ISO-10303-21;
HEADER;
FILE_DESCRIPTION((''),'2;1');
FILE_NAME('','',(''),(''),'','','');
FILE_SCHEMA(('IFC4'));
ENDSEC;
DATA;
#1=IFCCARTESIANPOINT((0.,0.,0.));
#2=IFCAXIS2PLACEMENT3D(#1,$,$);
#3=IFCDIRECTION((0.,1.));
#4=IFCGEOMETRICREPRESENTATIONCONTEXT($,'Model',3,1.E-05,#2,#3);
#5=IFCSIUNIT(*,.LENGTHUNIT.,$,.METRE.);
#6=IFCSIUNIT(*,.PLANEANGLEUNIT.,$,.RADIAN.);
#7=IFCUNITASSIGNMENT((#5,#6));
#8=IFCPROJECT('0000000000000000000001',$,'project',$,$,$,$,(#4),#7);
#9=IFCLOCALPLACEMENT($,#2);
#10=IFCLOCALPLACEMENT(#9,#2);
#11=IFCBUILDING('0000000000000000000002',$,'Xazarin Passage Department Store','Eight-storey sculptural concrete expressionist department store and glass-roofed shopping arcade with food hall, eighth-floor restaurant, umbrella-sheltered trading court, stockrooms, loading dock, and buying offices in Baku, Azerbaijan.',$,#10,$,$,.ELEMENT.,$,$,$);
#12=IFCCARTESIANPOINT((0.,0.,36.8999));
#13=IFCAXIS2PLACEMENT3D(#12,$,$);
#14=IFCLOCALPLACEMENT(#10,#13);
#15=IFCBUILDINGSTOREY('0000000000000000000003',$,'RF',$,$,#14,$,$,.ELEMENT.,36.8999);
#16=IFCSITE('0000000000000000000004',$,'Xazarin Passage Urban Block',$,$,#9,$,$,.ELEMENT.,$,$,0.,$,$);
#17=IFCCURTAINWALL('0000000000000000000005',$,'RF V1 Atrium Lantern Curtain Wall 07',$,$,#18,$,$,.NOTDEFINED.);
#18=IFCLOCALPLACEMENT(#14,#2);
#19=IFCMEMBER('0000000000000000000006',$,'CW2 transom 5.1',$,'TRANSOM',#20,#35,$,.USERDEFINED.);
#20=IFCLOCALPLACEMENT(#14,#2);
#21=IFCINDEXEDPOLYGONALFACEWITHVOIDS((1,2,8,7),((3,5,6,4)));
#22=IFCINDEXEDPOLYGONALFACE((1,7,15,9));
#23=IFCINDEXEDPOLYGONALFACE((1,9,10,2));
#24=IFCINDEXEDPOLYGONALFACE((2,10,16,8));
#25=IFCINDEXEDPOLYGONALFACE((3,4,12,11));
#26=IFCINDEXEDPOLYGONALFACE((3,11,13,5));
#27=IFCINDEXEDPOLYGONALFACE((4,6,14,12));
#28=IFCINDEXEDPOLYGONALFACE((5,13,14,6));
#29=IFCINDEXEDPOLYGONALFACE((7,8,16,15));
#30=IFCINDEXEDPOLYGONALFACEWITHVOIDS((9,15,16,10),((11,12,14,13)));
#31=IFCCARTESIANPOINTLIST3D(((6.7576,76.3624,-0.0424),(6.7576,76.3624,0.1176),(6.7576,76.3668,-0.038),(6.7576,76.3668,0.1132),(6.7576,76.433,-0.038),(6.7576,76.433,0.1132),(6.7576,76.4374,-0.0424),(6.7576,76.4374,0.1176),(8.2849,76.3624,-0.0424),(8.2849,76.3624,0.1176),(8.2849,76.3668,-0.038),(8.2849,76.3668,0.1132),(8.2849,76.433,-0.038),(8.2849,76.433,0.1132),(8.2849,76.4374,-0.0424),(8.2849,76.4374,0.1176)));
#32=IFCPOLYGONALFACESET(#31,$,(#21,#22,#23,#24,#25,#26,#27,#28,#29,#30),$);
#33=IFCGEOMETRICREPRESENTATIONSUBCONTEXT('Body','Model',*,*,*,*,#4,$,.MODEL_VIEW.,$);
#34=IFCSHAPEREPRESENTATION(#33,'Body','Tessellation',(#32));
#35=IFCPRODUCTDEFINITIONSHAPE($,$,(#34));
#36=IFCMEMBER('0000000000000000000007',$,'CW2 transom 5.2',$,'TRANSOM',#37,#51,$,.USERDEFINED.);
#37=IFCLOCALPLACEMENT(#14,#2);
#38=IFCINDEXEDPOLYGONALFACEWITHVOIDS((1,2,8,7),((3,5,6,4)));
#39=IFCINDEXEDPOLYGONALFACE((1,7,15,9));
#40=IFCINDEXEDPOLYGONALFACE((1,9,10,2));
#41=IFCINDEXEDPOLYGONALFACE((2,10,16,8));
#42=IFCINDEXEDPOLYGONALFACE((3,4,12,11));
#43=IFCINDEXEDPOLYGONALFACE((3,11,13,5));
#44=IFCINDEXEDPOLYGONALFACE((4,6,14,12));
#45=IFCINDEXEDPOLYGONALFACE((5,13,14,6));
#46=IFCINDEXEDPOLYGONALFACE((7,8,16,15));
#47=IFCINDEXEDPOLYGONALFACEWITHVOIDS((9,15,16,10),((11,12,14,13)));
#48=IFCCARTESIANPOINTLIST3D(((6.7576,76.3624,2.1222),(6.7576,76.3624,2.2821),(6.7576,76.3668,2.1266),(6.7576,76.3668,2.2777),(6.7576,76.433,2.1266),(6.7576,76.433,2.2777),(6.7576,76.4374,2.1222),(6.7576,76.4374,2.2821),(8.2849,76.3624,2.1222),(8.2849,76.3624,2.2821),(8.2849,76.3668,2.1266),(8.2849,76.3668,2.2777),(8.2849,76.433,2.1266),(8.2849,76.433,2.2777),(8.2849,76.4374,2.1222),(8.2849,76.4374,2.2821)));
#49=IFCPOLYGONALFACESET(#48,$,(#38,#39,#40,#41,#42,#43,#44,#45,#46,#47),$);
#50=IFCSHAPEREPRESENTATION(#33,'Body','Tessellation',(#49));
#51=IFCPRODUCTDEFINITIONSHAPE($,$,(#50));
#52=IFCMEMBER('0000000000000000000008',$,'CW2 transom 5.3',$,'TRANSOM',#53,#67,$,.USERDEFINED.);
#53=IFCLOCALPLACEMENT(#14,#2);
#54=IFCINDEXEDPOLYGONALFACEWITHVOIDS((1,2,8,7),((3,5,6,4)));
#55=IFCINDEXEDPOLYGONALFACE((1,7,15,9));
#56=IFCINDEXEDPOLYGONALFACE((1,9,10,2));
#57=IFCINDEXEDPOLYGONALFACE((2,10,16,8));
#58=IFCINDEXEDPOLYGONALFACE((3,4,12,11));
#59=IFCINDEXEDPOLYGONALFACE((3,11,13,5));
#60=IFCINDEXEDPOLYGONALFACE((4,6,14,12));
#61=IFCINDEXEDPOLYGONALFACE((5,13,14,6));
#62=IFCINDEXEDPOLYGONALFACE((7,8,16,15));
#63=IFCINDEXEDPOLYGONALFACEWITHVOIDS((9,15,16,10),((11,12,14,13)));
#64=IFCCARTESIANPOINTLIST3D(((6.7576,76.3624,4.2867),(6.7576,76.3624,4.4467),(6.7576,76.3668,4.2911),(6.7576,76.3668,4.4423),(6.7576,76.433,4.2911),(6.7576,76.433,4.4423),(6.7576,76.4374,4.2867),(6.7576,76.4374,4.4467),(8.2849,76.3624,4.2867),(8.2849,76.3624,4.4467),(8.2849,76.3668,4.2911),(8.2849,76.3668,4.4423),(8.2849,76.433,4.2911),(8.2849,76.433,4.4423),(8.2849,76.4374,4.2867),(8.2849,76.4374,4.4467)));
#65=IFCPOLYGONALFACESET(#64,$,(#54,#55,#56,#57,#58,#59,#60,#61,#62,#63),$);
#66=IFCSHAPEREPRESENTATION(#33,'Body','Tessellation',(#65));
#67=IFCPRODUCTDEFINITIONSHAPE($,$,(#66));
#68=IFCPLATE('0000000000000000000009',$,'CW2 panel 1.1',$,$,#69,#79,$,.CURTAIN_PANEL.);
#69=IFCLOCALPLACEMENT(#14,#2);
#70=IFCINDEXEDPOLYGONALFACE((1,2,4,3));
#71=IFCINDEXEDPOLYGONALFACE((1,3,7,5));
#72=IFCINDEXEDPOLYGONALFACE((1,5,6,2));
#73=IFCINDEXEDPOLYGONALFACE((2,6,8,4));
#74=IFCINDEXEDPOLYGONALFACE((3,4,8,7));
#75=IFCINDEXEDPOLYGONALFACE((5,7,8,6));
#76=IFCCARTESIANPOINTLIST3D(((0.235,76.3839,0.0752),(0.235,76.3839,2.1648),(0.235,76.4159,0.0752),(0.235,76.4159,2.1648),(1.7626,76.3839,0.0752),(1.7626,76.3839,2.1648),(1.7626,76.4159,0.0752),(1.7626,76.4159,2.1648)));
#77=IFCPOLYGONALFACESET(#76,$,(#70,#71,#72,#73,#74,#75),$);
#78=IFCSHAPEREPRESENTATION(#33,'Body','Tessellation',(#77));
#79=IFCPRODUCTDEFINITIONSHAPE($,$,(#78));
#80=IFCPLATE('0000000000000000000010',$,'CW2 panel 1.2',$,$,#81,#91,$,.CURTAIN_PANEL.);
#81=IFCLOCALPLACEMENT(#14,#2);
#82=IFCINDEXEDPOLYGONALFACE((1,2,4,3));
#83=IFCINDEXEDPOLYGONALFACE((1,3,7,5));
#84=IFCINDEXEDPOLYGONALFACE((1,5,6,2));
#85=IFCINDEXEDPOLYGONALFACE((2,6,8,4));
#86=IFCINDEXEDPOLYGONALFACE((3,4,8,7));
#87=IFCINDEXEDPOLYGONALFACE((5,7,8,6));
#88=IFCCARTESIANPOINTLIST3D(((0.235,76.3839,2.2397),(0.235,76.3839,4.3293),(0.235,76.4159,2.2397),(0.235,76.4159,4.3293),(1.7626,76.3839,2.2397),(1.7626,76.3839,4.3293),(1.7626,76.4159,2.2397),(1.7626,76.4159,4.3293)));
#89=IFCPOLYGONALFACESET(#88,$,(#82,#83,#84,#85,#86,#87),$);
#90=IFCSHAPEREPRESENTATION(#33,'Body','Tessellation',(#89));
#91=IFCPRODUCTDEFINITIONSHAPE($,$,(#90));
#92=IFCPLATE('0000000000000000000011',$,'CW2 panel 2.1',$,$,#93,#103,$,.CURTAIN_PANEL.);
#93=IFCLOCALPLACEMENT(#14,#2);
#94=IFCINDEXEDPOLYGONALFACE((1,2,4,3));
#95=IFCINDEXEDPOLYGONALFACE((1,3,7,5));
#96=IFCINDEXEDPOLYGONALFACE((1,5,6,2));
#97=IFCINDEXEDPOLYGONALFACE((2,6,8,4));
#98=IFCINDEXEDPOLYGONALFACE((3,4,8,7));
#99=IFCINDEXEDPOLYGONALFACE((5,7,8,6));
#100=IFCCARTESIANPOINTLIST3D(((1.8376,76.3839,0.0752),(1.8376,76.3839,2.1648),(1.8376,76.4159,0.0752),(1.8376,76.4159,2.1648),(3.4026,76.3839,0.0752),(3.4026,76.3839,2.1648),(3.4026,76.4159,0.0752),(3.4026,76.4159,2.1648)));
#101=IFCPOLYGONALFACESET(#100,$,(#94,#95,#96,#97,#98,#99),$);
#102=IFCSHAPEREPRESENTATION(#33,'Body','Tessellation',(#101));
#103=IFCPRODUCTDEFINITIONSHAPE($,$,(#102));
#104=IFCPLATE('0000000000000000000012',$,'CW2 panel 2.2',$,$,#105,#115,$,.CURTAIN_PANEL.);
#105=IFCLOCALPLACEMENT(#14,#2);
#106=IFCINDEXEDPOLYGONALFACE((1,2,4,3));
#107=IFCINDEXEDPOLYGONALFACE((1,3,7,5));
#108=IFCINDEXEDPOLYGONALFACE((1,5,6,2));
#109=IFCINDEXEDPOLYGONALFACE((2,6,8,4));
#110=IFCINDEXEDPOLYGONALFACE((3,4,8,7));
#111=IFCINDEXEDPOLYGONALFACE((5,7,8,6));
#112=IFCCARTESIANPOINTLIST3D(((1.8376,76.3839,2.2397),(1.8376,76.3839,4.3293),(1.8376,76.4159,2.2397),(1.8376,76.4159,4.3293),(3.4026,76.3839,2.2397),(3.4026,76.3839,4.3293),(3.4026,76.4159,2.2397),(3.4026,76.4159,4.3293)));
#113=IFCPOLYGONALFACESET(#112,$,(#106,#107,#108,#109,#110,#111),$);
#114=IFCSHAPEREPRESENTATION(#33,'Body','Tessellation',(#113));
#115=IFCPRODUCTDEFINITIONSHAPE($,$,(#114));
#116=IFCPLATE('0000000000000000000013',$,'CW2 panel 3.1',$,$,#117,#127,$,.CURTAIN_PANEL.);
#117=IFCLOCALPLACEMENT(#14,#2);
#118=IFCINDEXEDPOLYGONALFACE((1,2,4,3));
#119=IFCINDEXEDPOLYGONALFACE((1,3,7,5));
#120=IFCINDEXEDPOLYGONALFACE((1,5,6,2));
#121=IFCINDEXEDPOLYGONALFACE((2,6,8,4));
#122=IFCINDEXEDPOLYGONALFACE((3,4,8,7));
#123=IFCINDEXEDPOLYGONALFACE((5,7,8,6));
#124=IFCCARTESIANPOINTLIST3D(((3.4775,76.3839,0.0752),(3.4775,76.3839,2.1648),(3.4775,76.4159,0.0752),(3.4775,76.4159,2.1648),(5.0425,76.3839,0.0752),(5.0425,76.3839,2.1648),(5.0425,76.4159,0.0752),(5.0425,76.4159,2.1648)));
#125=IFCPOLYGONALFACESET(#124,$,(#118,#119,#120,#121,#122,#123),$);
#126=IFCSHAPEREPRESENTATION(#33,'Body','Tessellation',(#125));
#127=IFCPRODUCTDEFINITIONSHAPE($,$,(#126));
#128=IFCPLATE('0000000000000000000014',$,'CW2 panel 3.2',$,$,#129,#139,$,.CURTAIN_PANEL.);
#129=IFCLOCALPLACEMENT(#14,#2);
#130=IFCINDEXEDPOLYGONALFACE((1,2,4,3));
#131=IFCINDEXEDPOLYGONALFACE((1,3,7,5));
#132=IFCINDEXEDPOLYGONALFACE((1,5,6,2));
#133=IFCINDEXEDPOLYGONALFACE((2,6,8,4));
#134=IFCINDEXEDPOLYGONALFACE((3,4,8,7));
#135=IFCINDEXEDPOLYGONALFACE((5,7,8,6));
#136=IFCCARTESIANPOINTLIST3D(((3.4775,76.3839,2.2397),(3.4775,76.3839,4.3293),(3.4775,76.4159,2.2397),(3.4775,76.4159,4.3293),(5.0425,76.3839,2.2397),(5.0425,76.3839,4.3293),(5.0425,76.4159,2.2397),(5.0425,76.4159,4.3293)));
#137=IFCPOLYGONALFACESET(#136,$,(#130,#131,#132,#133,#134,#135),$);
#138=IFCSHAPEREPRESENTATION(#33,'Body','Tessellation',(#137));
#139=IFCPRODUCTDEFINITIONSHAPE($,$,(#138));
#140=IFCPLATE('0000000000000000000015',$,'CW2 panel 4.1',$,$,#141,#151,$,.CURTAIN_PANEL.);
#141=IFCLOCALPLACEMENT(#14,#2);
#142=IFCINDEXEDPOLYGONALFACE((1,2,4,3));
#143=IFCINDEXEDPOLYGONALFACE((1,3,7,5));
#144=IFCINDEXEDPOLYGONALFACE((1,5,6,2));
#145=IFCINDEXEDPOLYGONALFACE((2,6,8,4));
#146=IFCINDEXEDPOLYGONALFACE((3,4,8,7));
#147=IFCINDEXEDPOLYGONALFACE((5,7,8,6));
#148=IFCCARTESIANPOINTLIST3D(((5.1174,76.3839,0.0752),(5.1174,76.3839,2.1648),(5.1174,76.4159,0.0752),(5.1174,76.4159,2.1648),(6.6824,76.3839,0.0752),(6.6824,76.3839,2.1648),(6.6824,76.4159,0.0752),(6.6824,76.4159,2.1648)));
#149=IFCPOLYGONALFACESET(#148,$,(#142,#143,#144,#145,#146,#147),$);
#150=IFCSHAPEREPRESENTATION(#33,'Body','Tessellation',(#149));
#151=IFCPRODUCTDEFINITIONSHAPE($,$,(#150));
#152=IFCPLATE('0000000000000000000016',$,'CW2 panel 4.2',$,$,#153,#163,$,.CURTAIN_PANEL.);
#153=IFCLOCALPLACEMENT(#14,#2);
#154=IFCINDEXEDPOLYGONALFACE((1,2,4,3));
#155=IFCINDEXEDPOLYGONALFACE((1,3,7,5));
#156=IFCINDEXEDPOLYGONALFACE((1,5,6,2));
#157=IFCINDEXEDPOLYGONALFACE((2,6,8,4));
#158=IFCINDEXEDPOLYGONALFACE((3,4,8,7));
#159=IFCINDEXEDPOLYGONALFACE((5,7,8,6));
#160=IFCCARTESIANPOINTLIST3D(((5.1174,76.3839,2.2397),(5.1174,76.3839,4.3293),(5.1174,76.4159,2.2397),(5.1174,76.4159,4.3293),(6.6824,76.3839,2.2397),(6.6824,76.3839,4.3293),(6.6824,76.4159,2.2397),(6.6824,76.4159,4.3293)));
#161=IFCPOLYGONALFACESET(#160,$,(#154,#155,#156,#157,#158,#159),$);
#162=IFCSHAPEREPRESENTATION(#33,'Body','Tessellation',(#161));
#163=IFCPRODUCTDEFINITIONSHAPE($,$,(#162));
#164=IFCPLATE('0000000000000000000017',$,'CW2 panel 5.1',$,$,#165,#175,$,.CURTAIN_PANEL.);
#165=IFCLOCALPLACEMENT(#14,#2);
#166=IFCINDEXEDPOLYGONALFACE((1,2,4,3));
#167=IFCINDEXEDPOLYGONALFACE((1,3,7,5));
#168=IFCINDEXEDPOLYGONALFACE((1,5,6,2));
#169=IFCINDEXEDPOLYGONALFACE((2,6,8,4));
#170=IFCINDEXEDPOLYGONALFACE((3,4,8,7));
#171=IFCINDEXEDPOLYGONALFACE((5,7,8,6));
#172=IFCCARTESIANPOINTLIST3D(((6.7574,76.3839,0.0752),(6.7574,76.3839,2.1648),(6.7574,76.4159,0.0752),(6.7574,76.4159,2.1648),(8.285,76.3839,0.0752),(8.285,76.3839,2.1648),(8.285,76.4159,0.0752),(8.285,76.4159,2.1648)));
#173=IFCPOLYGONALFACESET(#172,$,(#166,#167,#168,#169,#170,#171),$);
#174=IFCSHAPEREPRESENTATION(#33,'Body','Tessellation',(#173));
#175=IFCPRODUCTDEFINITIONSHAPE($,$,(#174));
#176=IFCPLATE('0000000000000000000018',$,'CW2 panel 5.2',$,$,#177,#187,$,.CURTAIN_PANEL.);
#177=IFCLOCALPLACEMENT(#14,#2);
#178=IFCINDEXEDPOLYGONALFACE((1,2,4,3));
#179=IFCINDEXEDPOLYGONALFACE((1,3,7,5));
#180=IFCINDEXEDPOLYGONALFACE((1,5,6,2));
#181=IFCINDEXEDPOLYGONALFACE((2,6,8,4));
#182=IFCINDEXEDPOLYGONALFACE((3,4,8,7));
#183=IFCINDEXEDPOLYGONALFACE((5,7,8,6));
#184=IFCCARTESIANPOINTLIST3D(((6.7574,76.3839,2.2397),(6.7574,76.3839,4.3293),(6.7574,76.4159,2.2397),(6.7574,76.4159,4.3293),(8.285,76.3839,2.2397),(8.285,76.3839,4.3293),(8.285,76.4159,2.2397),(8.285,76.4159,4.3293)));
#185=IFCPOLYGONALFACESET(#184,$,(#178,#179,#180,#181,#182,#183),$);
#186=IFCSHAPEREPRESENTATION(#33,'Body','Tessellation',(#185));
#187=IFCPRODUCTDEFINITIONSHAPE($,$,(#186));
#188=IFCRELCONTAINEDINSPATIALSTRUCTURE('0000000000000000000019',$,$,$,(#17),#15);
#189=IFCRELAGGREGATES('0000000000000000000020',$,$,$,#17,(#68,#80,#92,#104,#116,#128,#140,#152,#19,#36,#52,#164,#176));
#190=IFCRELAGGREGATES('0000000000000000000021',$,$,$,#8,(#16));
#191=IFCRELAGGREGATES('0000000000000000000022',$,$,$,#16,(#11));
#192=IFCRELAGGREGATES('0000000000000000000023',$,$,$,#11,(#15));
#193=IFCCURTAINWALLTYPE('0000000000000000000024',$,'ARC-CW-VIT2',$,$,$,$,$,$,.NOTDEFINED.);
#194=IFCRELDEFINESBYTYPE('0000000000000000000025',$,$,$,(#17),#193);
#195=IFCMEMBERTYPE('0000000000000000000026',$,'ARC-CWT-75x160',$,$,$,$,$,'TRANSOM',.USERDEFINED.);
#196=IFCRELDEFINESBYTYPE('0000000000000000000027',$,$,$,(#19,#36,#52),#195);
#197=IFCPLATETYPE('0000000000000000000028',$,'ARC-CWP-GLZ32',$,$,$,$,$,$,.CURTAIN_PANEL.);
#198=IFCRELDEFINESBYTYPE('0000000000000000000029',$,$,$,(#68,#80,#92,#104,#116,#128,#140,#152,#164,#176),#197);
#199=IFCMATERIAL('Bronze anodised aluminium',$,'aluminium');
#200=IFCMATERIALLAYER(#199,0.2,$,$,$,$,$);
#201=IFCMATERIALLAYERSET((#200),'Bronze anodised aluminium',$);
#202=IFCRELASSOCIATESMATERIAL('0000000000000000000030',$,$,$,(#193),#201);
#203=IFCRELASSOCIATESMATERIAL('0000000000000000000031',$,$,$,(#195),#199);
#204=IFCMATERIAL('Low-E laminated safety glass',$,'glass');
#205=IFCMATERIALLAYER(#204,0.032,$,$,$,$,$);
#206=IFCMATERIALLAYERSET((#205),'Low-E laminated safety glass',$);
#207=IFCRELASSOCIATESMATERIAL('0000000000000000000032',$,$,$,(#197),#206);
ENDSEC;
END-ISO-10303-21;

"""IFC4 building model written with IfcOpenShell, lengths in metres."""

from ifc_helpers import new_model, si_unit, direction, frame, origin, origin_2d, place, context, subcontext, project, spatial, rectangle, hollow_rectangle, extrude, material, layer, layer_set, material_profile, profile_set, type_object, element, aggregate, save


model = new_model("IFC4")

# Units and contexts
model_context = context("Model", 3, precision=1e-05, world=origin(), true_north=direction((0.0, 1.0)))
body_context = subcontext(model_context, "Body", "Model", "MODEL_VIEW")
ifc_project = project(units=[si_unit("LENGTHUNIT", "METRE"), si_unit("PLANEANGLEUNIT", "RADIAN")], contexts=[model_context])

# Site, building, storey
site_placement = place(None, origin())
site = spatial("IfcSite", under=ifc_project, at=site_placement, Name="Xazarin Passage Urban Block", CompositionType="ELEMENT", RefElevation=0.0)
building_placement = place(site_placement, origin())
building = spatial("IfcBuilding", under=site, at=building_placement, Name="Xazarin Passage Department Store", Description="Eight-storey sculptural concrete expressionist department store and glass-roofed shopping arcade with food hall, eighth-floor restaurant, umbrella-sheltered trading court, stockrooms, loading dock, and buying offices in Baku, Azerbaijan.", CompositionType="ELEMENT")
storey_placement = place(building_placement, frame((0.0, 0.0, 36.8999)))
storey = spatial("IfcBuildingStorey", under=building, at=storey_placement, Name="RF", CompositionType="ELEMENT", Elevation=36.8999)

# Shared definitions
ifc_material_1 = material(Name="Bronze anodised aluminium", Category="aluminium")
ifc_layer_1 = layer(ifc_material_1, 0.2)
ifc_layer_set_1 = layer_set([ifc_layer_1], Name="Bronze anodised aluminium")
curtain_wall_type = type_object("IfcCurtainWallType", Name="ARC-CW-VIT2", PredefinedType="NOTDEFINED", material=ifc_layer_set_1)

# Curtain wall, members, plates
curtain_wall_1_placement = place(storey_placement, origin())
curtain_wall_1 = element("IfcCurtainWall", 1, at=curtain_wall_1_placement, inside=storey, type_object=curtain_wall_type, Name="RF V1 Atrium Lantern Curtain Wall 07", PredefinedType="NOTDEFINED")
ifc_material_profile_1 = material_profile(ifc_material_1, hollow_rectangle(XDim=0.075, YDim=0.1599, WallThickness=0.0044, at=origin_2d()), Name="ALU 75x160")
ifc_profile_set_1 = profile_set([ifc_material_profile_1], Name="Bronze anodised aluminium")
member_type_1 = type_object("IfcMemberType", Name="ARC-CWT-75x160", ElementType="TRANSOM", PredefinedType="USERDEFINED", material=ifc_profile_set_1)
member_1_placement = place(storey_placement, frame((6.7576, 76.3999, 0.0376), z_axis=(1.0, 0.0, 0.0), x_axis=(0.0, 1.0, 0.0)))
member_1 = element("IfcMember", 2, at=member_1_placement, type_object=member_type_1, Name="CW2 transom 5.1", ObjectType="TRANSOM", PredefinedType="USERDEFINED", context=body_context, shape_type="SweptSolid", body=[
    extrude(hollow_rectangle(XDim=0.075, YDim=0.1599, WallThickness=0.0044, at=origin_2d()), origin(), (0.0, 0.0, 1.0), 1.5273),
])
member_2_placement = place(storey_placement, frame((6.7576, 76.3999, 2.2021), z_axis=(1.0, 0.0, 0.0), x_axis=(0.0, 1.0, 0.0)))
member_2 = element("IfcMember", 3, at=member_2_placement, type_object=member_type_1, Name="CW2 transom 5.2", ObjectType="TRANSOM", PredefinedType="USERDEFINED", context=body_context, shape_type="SweptSolid", body=[
    extrude(hollow_rectangle(XDim=0.075, YDim=0.1599, WallThickness=0.0044, at=origin_2d()), origin(), (0.0, 0.0, 1.0), 1.5273),
])
member_3_placement = place(storey_placement, frame((6.7576, 76.3999, 4.3667), z_axis=(1.0, 0.0, 0.0), x_axis=(0.0, 1.0, 0.0)))
member_3 = element("IfcMember", 4, at=member_3_placement, type_object=member_type_1, Name="CW2 transom 5.3", ObjectType="TRANSOM", PredefinedType="USERDEFINED", context=body_context, shape_type="SweptSolid", body=[
    extrude(hollow_rectangle(XDim=0.075, YDim=0.1599, WallThickness=0.0044, at=origin_2d()), origin(), (0.0, 0.0, 1.0), 1.5273),
])
ifc_material_2 = material(Name="Low-E laminated safety glass", Category="glass")
ifc_layer_2 = layer(ifc_material_2, 0.032)
ifc_layer_set_2 = layer_set([ifc_layer_2], Name="Low-E laminated safety glass")
plate_type = type_object("IfcPlateType", Name="ARC-CWP-GLZ32", PredefinedType="CURTAIN_PANEL", material=ifc_layer_set_2)
plate_1_placement = place(storey_placement, frame((0.9988, 76.3999, 0.0752), z_axis=(0.0, 0.0, 1.0), x_axis=(1.0, 0.0, 0.0)))
plate_1 = element("IfcPlate", 5, at=plate_1_placement, type_object=plate_type, Name="CW2 panel 1.1", PredefinedType="CURTAIN_PANEL", context=body_context, shape_type="SweptSolid", body=[
    extrude(rectangle(XDim=1.5276, YDim=0.032, at=origin_2d()), origin(), (0.0, 0.0, 1.0), 2.0896),
])
plate_2_placement = place(storey_placement, frame((0.9988, 76.3999, 2.2397), z_axis=(0.0, 0.0, 1.0), x_axis=(1.0, 0.0, 0.0)))
plate_2 = element("IfcPlate", 6, at=plate_2_placement, type_object=plate_type, Name="CW2 panel 1.2", PredefinedType="CURTAIN_PANEL", context=body_context, shape_type="SweptSolid", body=[
    extrude(rectangle(XDim=1.5276, YDim=0.032, at=origin_2d()), origin(), (0.0, 0.0, 1.0), 2.0896),
])
plate_3_placement = place(storey_placement, frame((2.6201, 76.3999, 0.0752), z_axis=(0.0, 0.0, 1.0), x_axis=(1.0, 0.0, 0.0)))
plate_3 = element("IfcPlate", 7, at=plate_3_placement, type_object=plate_type, Name="CW2 panel 2.1", PredefinedType="CURTAIN_PANEL", context=body_context, shape_type="SweptSolid", body=[
    extrude(rectangle(XDim=1.5649, YDim=0.032, at=origin_2d()), origin(), (0.0, 0.0, 1.0), 2.0896),
])
plate_4_placement = place(storey_placement, frame((2.6201, 76.3999, 2.2397), z_axis=(0.0, 0.0, 1.0), x_axis=(1.0, 0.0, 0.0)))
plate_4 = element("IfcPlate", 8, at=plate_4_placement, type_object=plate_type, Name="CW2 panel 2.2", PredefinedType="CURTAIN_PANEL", context=body_context, shape_type="SweptSolid", body=[
    extrude(rectangle(XDim=1.5649, YDim=0.032, at=origin_2d()), origin(), (0.0, 0.0, 1.0), 2.0896),
])
plate_5_placement = place(storey_placement, frame((4.26, 76.3999, 0.0752), z_axis=(0.0, 0.0, 1.0), x_axis=(1.0, 0.0, 0.0)))
plate_5 = element("IfcPlate", 9, at=plate_5_placement, type_object=plate_type, Name="CW2 panel 3.1", PredefinedType="CURTAIN_PANEL", context=body_context, shape_type="SweptSolid", body=[
    extrude(rectangle(XDim=1.5649, YDim=0.032, at=origin_2d()), origin(), (0.0, 0.0, 1.0), 2.0896),
])
plate_6_placement = place(storey_placement, frame((4.26, 76.3999, 2.2397), z_axis=(0.0, 0.0, 1.0), x_axis=(1.0, 0.0, 0.0)))
plate_6 = element("IfcPlate", 10, at=plate_6_placement, type_object=plate_type, Name="CW2 panel 3.2", PredefinedType="CURTAIN_PANEL", context=body_context, shape_type="SweptSolid", body=[
    extrude(rectangle(XDim=1.5649, YDim=0.032, at=origin_2d()), origin(), (0.0, 0.0, 1.0), 2.0896),
])
plate_7_placement = place(storey_placement, frame((5.8999, 76.3999, 0.0752), z_axis=(0.0, 0.0, 1.0), x_axis=(1.0, 0.0, 0.0)))
plate_7 = element("IfcPlate", 11, at=plate_7_placement, type_object=plate_type, Name="CW2 panel 4.1", PredefinedType="CURTAIN_PANEL", context=body_context, shape_type="SweptSolid", body=[
    extrude(rectangle(XDim=1.5649, YDim=0.032, at=origin_2d()), origin(), (0.0, 0.0, 1.0), 2.0896),
])
plate_8_placement = place(storey_placement, frame((5.8999, 76.3999, 2.2397), z_axis=(0.0, 0.0, 1.0), x_axis=(1.0, 0.0, 0.0)))
plate_8 = element("IfcPlate", 12, at=plate_8_placement, type_object=plate_type, Name="CW2 panel 4.2", PredefinedType="CURTAIN_PANEL", context=body_context, shape_type="SweptSolid", body=[
    extrude(rectangle(XDim=1.5649, YDim=0.032, at=origin_2d()), origin(), (0.0, 0.0, 1.0), 2.0896),
])
plate_9_placement = place(storey_placement, frame((7.5212, 76.3999, 0.0752), z_axis=(0.0, 0.0, 1.0), x_axis=(1.0, 0.0, 0.0)))
plate_9 = element("IfcPlate", 13, at=plate_9_placement, type_object=plate_type, Name="CW2 panel 5.1", PredefinedType="CURTAIN_PANEL", context=body_context, shape_type="SweptSolid", body=[
    extrude(rectangle(XDim=1.5276, YDim=0.032, at=origin_2d()), origin(), (0.0, 0.0, 1.0), 2.0896),
])
plate_10_placement = place(storey_placement, frame((7.5212, 76.3999, 2.2397), z_axis=(0.0, 0.0, 1.0), x_axis=(1.0, 0.0, 0.0)))
plate_10 = element("IfcPlate", 14, at=plate_10_placement, type_object=plate_type, Name="CW2 panel 5.2", PredefinedType="CURTAIN_PANEL", context=body_context, shape_type="SweptSolid", body=[
    extrude(rectangle(XDim=1.5276, YDim=0.032, at=origin_2d()), origin(), (0.0, 0.0, 1.0), 2.0896),
])
aggregate(curtain_wall_1, [plate_1, plate_2, plate_3, plate_4, plate_5, plate_6, plate_7, plate_8, member_1, member_2, member_3, plate_9, plate_10])

save(model, "model.ifc")
